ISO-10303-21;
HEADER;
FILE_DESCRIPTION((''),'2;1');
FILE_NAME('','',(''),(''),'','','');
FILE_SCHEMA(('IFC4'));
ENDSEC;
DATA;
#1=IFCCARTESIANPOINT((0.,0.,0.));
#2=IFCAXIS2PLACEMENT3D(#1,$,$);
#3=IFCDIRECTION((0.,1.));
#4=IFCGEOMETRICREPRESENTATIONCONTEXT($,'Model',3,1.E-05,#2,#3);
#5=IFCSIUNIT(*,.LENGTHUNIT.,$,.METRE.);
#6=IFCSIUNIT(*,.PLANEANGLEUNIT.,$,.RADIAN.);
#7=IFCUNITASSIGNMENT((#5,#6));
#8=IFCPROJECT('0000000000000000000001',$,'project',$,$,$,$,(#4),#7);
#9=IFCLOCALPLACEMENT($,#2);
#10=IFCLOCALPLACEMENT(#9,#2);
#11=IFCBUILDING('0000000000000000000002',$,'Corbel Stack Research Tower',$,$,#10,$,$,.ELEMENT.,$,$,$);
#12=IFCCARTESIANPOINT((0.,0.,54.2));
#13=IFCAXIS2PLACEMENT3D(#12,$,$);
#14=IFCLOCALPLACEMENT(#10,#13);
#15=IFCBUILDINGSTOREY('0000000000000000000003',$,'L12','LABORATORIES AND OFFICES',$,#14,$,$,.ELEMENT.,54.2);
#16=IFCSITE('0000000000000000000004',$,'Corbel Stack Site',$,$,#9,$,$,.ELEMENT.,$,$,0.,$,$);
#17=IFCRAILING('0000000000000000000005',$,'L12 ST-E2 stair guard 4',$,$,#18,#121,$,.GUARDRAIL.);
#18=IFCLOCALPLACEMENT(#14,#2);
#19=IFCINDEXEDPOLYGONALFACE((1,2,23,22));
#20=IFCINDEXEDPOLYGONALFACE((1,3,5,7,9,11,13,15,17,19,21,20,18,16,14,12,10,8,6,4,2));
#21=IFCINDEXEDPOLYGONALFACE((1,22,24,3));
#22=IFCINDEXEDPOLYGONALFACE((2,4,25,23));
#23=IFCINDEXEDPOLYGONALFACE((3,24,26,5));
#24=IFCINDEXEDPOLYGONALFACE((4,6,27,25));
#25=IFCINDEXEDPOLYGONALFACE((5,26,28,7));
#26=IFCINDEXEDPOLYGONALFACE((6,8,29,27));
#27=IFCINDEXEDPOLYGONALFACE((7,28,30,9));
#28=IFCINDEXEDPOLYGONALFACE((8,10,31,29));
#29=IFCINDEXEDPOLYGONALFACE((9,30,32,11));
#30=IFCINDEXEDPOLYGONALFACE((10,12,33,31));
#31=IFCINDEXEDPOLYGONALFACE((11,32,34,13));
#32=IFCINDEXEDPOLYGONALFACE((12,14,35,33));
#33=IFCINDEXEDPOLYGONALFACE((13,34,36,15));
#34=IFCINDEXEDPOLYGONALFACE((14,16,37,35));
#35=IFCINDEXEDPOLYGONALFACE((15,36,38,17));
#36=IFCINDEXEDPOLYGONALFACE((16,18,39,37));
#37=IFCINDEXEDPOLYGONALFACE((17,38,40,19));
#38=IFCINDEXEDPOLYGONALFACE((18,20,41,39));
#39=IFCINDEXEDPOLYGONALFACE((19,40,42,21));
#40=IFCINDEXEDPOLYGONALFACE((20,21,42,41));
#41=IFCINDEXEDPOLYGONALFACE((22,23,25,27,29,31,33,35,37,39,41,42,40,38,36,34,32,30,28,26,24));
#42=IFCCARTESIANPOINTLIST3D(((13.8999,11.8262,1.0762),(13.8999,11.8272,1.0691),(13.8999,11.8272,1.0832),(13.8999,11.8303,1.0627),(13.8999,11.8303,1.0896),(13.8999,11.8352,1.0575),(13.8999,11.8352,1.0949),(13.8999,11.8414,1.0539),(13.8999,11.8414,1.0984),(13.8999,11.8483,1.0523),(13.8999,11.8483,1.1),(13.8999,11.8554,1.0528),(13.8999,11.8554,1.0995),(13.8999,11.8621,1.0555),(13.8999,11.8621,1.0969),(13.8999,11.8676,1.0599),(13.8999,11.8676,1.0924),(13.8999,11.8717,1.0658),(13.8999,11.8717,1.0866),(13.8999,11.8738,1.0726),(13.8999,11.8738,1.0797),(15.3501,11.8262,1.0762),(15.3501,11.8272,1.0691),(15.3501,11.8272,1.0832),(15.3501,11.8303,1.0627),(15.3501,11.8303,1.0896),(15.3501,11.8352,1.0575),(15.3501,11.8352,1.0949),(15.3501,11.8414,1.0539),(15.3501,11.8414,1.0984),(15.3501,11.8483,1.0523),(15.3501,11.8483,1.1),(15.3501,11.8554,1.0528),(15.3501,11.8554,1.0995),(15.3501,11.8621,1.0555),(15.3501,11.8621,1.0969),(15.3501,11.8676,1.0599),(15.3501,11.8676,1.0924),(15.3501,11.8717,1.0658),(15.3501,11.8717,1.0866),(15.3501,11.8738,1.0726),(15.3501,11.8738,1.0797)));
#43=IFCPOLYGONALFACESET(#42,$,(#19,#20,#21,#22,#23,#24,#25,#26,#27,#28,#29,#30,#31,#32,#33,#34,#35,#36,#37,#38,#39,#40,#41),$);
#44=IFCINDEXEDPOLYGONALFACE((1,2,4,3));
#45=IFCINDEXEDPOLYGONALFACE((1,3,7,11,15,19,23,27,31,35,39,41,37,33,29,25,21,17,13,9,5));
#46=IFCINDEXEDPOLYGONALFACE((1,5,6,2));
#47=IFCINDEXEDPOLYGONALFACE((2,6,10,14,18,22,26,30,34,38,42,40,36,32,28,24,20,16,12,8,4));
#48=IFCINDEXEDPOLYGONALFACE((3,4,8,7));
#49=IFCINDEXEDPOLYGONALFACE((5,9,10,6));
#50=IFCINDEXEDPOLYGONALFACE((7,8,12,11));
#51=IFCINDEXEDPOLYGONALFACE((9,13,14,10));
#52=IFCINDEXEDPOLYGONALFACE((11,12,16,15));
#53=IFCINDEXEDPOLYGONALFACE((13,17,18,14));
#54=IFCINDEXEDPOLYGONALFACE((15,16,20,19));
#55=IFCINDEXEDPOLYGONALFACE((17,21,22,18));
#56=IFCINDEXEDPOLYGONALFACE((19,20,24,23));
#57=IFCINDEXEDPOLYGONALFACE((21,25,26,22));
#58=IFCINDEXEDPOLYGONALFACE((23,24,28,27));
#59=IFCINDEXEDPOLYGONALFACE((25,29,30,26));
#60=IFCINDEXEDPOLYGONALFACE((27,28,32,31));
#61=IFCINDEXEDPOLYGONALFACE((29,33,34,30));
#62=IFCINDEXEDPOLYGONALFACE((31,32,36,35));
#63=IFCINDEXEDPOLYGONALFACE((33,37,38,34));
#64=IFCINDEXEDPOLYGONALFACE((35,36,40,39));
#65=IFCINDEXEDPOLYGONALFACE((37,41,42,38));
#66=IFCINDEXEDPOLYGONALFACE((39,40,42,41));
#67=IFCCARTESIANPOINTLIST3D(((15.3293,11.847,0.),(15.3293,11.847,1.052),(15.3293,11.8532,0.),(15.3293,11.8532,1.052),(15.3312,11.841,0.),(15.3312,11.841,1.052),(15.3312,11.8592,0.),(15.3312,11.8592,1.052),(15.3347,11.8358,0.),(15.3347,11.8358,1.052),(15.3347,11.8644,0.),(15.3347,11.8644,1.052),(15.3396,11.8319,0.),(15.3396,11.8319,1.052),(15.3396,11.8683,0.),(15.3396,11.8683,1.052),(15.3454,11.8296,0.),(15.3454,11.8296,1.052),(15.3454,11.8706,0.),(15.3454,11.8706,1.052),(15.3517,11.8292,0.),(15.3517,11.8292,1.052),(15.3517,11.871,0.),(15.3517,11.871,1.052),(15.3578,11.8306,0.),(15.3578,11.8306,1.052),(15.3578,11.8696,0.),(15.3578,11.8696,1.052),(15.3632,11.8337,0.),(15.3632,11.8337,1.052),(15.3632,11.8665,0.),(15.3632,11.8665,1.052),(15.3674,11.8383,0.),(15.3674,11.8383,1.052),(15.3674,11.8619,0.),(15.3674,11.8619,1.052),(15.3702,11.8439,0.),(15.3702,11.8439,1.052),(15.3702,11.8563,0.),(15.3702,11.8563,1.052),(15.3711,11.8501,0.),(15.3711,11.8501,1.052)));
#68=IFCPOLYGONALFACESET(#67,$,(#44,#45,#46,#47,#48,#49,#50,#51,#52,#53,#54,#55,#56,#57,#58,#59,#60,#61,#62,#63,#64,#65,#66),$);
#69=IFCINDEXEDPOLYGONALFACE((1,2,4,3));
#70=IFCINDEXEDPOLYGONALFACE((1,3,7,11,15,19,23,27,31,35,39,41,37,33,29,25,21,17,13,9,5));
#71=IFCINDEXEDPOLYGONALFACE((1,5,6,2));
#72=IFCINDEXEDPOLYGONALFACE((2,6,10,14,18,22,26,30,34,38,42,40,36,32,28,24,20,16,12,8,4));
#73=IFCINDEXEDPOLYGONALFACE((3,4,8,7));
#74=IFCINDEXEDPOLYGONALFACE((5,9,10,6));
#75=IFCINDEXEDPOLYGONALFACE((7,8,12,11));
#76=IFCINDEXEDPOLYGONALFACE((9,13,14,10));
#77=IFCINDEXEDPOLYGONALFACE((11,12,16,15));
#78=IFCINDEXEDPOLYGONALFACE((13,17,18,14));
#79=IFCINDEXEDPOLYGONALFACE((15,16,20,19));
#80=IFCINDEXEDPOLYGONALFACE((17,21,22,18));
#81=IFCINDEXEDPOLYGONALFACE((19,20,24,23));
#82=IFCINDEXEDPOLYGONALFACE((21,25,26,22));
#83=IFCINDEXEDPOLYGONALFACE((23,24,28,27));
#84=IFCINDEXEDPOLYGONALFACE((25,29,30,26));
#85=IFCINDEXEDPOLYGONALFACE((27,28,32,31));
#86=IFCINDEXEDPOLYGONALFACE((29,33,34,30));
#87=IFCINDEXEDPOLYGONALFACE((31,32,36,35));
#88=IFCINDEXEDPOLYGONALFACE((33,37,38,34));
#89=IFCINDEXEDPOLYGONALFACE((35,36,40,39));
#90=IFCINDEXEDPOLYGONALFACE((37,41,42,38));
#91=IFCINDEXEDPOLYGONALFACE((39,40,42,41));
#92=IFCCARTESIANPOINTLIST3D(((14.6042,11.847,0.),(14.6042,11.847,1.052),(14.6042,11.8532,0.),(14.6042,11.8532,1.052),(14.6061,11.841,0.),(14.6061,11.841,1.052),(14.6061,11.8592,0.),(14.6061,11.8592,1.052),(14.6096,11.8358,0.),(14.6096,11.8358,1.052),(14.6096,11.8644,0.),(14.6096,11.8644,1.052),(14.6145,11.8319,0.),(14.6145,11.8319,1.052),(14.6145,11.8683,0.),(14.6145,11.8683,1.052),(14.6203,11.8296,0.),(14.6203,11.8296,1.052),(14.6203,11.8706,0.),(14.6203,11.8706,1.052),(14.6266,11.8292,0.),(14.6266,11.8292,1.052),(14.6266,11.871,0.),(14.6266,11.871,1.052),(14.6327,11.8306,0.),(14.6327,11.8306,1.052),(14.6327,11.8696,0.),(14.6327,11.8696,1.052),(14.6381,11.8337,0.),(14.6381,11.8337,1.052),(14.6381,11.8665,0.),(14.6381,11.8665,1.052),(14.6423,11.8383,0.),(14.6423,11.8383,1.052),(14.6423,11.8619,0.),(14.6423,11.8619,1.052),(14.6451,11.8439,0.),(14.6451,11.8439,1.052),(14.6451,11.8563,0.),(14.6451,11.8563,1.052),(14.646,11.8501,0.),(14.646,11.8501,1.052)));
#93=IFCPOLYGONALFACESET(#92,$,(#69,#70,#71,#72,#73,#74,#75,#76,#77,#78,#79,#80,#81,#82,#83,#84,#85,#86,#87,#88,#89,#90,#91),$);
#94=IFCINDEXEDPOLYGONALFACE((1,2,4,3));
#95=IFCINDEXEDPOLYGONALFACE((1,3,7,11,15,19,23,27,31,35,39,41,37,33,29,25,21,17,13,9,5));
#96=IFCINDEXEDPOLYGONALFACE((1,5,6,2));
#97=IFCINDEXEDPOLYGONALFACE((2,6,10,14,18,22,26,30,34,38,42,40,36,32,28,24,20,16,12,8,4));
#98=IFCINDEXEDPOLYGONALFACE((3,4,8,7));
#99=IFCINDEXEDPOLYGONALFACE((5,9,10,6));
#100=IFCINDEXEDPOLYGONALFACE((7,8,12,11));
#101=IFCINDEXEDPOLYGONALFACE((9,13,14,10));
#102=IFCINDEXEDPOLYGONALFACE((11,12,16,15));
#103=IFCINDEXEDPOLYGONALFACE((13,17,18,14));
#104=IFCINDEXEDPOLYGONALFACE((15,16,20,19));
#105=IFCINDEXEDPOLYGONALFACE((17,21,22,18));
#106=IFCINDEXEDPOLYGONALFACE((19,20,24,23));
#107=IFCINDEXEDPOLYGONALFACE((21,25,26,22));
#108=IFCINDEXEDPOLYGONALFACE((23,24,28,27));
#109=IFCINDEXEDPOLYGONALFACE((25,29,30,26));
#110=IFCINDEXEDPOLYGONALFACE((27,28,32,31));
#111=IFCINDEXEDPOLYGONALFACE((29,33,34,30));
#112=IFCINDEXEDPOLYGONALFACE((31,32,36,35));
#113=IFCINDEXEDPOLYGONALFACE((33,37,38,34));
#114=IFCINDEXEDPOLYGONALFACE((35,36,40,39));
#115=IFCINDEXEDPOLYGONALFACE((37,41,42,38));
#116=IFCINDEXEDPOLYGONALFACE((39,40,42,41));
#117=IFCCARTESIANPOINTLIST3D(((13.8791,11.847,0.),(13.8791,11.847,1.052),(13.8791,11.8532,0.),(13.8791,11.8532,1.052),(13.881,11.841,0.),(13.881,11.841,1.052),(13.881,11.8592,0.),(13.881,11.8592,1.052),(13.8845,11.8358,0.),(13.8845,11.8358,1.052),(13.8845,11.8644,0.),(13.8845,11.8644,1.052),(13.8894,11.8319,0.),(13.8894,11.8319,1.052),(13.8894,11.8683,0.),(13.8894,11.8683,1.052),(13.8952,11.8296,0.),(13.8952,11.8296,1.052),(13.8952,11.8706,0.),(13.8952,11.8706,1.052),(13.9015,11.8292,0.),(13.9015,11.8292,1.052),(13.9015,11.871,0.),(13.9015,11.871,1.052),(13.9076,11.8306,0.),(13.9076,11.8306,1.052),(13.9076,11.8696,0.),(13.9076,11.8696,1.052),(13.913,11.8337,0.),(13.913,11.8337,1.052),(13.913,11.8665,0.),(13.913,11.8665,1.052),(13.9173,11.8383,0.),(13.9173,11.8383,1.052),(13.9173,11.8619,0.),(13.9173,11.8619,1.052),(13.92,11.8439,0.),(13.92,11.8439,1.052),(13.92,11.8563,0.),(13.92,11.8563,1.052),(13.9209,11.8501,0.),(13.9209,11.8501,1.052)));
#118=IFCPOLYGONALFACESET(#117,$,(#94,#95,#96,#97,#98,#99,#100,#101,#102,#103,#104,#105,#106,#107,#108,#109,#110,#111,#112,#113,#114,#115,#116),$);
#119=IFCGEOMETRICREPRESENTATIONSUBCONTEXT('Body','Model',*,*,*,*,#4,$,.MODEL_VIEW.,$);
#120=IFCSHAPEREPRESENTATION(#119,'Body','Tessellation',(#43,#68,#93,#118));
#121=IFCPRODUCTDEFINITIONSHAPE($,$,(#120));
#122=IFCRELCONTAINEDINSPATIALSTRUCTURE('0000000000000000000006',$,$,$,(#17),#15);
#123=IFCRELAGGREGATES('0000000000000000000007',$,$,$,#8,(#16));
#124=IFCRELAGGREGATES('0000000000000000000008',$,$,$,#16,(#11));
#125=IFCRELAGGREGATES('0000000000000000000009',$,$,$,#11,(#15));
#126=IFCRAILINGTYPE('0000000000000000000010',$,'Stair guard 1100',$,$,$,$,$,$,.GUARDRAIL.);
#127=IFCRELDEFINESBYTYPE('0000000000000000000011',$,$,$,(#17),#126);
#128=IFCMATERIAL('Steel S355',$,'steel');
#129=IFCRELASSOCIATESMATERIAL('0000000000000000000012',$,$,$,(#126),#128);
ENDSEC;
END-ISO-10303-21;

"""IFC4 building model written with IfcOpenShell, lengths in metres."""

from ifc_helpers import new_model, si_unit, direction, frame, origin, origin_2d, place, context, subcontext, project, spatial, circle, extrude, material, type_object, element, save


model = new_model("IFC4")

# Units and contexts
model_context = context("Model", 3, precision=1e-05, world=origin(), true_north=direction((0.0, 1.0)))
body_context = subcontext(model_context, "Body", "Model", "MODEL_VIEW")
ifc_project = project(units=[si_unit("LENGTHUNIT", "METRE"), si_unit("PLANEANGLEUNIT", "RADIAN")], contexts=[model_context])

# Site, building, storey
site_placement = place(None, origin())
site = spatial("IfcSite", under=ifc_project, at=site_placement, Name="Corbel Stack Site", CompositionType="ELEMENT", RefElevation=0.0)
building_placement = place(site_placement, origin())
building = spatial("IfcBuilding", under=site, at=building_placement, Name="Corbel Stack Research Tower", CompositionType="ELEMENT")
storey_placement = place(building_placement, frame((0.0, 0.0, 54.2)))
storey = spatial("IfcBuildingStorey", under=building, at=storey_placement, Name="L12", Description="LABORATORIES AND OFFICES", CompositionType="ELEMENT", Elevation=54.2)

# Railing
ifc_material_1 = material(Name="Steel S355", Category="steel")
railing_type_1 = type_object("IfcRailingType", Name="Stair guard 1100", PredefinedType="GUARDRAIL", material=ifc_material_1)
railing_1_placement = place(storey_placement, frame((15.3501, 11.8501, 0.0)))
element("IfcRailing", 1, at=railing_1_placement, inside=storey, type_object=railing_type_1, Name="L12 ST-E2 stair guard 4", PredefinedType="GUARDRAIL", context=body_context, shape_type="SweptSolid", body=[
    extrude(circle(Radius=0.0239, at=origin_2d()), frame((0.0, 0.0, 1.0762), z_axis=(-1.0, 0.0, 0.0), x_axis=(0.0, -1.0, 0.0)), (0.0, 0.0, 1.0), 1.4502),
    extrude(circle(Radius=0.021, at=origin_2d()), origin(), (0.0, 0.0, 1.0), 1.052),
    extrude(circle(Radius=0.021, at=origin_2d()), frame((-0.7251, 0.0, 0.0)), (0.0, 0.0, 1.0), 1.052),
    extrude(circle(Radius=0.021, at=origin_2d()), frame((-1.4502, 0.0, 0.0)), (0.0, 0.0, 1.0), 1.052),
])

save(model, "model.ifc")
